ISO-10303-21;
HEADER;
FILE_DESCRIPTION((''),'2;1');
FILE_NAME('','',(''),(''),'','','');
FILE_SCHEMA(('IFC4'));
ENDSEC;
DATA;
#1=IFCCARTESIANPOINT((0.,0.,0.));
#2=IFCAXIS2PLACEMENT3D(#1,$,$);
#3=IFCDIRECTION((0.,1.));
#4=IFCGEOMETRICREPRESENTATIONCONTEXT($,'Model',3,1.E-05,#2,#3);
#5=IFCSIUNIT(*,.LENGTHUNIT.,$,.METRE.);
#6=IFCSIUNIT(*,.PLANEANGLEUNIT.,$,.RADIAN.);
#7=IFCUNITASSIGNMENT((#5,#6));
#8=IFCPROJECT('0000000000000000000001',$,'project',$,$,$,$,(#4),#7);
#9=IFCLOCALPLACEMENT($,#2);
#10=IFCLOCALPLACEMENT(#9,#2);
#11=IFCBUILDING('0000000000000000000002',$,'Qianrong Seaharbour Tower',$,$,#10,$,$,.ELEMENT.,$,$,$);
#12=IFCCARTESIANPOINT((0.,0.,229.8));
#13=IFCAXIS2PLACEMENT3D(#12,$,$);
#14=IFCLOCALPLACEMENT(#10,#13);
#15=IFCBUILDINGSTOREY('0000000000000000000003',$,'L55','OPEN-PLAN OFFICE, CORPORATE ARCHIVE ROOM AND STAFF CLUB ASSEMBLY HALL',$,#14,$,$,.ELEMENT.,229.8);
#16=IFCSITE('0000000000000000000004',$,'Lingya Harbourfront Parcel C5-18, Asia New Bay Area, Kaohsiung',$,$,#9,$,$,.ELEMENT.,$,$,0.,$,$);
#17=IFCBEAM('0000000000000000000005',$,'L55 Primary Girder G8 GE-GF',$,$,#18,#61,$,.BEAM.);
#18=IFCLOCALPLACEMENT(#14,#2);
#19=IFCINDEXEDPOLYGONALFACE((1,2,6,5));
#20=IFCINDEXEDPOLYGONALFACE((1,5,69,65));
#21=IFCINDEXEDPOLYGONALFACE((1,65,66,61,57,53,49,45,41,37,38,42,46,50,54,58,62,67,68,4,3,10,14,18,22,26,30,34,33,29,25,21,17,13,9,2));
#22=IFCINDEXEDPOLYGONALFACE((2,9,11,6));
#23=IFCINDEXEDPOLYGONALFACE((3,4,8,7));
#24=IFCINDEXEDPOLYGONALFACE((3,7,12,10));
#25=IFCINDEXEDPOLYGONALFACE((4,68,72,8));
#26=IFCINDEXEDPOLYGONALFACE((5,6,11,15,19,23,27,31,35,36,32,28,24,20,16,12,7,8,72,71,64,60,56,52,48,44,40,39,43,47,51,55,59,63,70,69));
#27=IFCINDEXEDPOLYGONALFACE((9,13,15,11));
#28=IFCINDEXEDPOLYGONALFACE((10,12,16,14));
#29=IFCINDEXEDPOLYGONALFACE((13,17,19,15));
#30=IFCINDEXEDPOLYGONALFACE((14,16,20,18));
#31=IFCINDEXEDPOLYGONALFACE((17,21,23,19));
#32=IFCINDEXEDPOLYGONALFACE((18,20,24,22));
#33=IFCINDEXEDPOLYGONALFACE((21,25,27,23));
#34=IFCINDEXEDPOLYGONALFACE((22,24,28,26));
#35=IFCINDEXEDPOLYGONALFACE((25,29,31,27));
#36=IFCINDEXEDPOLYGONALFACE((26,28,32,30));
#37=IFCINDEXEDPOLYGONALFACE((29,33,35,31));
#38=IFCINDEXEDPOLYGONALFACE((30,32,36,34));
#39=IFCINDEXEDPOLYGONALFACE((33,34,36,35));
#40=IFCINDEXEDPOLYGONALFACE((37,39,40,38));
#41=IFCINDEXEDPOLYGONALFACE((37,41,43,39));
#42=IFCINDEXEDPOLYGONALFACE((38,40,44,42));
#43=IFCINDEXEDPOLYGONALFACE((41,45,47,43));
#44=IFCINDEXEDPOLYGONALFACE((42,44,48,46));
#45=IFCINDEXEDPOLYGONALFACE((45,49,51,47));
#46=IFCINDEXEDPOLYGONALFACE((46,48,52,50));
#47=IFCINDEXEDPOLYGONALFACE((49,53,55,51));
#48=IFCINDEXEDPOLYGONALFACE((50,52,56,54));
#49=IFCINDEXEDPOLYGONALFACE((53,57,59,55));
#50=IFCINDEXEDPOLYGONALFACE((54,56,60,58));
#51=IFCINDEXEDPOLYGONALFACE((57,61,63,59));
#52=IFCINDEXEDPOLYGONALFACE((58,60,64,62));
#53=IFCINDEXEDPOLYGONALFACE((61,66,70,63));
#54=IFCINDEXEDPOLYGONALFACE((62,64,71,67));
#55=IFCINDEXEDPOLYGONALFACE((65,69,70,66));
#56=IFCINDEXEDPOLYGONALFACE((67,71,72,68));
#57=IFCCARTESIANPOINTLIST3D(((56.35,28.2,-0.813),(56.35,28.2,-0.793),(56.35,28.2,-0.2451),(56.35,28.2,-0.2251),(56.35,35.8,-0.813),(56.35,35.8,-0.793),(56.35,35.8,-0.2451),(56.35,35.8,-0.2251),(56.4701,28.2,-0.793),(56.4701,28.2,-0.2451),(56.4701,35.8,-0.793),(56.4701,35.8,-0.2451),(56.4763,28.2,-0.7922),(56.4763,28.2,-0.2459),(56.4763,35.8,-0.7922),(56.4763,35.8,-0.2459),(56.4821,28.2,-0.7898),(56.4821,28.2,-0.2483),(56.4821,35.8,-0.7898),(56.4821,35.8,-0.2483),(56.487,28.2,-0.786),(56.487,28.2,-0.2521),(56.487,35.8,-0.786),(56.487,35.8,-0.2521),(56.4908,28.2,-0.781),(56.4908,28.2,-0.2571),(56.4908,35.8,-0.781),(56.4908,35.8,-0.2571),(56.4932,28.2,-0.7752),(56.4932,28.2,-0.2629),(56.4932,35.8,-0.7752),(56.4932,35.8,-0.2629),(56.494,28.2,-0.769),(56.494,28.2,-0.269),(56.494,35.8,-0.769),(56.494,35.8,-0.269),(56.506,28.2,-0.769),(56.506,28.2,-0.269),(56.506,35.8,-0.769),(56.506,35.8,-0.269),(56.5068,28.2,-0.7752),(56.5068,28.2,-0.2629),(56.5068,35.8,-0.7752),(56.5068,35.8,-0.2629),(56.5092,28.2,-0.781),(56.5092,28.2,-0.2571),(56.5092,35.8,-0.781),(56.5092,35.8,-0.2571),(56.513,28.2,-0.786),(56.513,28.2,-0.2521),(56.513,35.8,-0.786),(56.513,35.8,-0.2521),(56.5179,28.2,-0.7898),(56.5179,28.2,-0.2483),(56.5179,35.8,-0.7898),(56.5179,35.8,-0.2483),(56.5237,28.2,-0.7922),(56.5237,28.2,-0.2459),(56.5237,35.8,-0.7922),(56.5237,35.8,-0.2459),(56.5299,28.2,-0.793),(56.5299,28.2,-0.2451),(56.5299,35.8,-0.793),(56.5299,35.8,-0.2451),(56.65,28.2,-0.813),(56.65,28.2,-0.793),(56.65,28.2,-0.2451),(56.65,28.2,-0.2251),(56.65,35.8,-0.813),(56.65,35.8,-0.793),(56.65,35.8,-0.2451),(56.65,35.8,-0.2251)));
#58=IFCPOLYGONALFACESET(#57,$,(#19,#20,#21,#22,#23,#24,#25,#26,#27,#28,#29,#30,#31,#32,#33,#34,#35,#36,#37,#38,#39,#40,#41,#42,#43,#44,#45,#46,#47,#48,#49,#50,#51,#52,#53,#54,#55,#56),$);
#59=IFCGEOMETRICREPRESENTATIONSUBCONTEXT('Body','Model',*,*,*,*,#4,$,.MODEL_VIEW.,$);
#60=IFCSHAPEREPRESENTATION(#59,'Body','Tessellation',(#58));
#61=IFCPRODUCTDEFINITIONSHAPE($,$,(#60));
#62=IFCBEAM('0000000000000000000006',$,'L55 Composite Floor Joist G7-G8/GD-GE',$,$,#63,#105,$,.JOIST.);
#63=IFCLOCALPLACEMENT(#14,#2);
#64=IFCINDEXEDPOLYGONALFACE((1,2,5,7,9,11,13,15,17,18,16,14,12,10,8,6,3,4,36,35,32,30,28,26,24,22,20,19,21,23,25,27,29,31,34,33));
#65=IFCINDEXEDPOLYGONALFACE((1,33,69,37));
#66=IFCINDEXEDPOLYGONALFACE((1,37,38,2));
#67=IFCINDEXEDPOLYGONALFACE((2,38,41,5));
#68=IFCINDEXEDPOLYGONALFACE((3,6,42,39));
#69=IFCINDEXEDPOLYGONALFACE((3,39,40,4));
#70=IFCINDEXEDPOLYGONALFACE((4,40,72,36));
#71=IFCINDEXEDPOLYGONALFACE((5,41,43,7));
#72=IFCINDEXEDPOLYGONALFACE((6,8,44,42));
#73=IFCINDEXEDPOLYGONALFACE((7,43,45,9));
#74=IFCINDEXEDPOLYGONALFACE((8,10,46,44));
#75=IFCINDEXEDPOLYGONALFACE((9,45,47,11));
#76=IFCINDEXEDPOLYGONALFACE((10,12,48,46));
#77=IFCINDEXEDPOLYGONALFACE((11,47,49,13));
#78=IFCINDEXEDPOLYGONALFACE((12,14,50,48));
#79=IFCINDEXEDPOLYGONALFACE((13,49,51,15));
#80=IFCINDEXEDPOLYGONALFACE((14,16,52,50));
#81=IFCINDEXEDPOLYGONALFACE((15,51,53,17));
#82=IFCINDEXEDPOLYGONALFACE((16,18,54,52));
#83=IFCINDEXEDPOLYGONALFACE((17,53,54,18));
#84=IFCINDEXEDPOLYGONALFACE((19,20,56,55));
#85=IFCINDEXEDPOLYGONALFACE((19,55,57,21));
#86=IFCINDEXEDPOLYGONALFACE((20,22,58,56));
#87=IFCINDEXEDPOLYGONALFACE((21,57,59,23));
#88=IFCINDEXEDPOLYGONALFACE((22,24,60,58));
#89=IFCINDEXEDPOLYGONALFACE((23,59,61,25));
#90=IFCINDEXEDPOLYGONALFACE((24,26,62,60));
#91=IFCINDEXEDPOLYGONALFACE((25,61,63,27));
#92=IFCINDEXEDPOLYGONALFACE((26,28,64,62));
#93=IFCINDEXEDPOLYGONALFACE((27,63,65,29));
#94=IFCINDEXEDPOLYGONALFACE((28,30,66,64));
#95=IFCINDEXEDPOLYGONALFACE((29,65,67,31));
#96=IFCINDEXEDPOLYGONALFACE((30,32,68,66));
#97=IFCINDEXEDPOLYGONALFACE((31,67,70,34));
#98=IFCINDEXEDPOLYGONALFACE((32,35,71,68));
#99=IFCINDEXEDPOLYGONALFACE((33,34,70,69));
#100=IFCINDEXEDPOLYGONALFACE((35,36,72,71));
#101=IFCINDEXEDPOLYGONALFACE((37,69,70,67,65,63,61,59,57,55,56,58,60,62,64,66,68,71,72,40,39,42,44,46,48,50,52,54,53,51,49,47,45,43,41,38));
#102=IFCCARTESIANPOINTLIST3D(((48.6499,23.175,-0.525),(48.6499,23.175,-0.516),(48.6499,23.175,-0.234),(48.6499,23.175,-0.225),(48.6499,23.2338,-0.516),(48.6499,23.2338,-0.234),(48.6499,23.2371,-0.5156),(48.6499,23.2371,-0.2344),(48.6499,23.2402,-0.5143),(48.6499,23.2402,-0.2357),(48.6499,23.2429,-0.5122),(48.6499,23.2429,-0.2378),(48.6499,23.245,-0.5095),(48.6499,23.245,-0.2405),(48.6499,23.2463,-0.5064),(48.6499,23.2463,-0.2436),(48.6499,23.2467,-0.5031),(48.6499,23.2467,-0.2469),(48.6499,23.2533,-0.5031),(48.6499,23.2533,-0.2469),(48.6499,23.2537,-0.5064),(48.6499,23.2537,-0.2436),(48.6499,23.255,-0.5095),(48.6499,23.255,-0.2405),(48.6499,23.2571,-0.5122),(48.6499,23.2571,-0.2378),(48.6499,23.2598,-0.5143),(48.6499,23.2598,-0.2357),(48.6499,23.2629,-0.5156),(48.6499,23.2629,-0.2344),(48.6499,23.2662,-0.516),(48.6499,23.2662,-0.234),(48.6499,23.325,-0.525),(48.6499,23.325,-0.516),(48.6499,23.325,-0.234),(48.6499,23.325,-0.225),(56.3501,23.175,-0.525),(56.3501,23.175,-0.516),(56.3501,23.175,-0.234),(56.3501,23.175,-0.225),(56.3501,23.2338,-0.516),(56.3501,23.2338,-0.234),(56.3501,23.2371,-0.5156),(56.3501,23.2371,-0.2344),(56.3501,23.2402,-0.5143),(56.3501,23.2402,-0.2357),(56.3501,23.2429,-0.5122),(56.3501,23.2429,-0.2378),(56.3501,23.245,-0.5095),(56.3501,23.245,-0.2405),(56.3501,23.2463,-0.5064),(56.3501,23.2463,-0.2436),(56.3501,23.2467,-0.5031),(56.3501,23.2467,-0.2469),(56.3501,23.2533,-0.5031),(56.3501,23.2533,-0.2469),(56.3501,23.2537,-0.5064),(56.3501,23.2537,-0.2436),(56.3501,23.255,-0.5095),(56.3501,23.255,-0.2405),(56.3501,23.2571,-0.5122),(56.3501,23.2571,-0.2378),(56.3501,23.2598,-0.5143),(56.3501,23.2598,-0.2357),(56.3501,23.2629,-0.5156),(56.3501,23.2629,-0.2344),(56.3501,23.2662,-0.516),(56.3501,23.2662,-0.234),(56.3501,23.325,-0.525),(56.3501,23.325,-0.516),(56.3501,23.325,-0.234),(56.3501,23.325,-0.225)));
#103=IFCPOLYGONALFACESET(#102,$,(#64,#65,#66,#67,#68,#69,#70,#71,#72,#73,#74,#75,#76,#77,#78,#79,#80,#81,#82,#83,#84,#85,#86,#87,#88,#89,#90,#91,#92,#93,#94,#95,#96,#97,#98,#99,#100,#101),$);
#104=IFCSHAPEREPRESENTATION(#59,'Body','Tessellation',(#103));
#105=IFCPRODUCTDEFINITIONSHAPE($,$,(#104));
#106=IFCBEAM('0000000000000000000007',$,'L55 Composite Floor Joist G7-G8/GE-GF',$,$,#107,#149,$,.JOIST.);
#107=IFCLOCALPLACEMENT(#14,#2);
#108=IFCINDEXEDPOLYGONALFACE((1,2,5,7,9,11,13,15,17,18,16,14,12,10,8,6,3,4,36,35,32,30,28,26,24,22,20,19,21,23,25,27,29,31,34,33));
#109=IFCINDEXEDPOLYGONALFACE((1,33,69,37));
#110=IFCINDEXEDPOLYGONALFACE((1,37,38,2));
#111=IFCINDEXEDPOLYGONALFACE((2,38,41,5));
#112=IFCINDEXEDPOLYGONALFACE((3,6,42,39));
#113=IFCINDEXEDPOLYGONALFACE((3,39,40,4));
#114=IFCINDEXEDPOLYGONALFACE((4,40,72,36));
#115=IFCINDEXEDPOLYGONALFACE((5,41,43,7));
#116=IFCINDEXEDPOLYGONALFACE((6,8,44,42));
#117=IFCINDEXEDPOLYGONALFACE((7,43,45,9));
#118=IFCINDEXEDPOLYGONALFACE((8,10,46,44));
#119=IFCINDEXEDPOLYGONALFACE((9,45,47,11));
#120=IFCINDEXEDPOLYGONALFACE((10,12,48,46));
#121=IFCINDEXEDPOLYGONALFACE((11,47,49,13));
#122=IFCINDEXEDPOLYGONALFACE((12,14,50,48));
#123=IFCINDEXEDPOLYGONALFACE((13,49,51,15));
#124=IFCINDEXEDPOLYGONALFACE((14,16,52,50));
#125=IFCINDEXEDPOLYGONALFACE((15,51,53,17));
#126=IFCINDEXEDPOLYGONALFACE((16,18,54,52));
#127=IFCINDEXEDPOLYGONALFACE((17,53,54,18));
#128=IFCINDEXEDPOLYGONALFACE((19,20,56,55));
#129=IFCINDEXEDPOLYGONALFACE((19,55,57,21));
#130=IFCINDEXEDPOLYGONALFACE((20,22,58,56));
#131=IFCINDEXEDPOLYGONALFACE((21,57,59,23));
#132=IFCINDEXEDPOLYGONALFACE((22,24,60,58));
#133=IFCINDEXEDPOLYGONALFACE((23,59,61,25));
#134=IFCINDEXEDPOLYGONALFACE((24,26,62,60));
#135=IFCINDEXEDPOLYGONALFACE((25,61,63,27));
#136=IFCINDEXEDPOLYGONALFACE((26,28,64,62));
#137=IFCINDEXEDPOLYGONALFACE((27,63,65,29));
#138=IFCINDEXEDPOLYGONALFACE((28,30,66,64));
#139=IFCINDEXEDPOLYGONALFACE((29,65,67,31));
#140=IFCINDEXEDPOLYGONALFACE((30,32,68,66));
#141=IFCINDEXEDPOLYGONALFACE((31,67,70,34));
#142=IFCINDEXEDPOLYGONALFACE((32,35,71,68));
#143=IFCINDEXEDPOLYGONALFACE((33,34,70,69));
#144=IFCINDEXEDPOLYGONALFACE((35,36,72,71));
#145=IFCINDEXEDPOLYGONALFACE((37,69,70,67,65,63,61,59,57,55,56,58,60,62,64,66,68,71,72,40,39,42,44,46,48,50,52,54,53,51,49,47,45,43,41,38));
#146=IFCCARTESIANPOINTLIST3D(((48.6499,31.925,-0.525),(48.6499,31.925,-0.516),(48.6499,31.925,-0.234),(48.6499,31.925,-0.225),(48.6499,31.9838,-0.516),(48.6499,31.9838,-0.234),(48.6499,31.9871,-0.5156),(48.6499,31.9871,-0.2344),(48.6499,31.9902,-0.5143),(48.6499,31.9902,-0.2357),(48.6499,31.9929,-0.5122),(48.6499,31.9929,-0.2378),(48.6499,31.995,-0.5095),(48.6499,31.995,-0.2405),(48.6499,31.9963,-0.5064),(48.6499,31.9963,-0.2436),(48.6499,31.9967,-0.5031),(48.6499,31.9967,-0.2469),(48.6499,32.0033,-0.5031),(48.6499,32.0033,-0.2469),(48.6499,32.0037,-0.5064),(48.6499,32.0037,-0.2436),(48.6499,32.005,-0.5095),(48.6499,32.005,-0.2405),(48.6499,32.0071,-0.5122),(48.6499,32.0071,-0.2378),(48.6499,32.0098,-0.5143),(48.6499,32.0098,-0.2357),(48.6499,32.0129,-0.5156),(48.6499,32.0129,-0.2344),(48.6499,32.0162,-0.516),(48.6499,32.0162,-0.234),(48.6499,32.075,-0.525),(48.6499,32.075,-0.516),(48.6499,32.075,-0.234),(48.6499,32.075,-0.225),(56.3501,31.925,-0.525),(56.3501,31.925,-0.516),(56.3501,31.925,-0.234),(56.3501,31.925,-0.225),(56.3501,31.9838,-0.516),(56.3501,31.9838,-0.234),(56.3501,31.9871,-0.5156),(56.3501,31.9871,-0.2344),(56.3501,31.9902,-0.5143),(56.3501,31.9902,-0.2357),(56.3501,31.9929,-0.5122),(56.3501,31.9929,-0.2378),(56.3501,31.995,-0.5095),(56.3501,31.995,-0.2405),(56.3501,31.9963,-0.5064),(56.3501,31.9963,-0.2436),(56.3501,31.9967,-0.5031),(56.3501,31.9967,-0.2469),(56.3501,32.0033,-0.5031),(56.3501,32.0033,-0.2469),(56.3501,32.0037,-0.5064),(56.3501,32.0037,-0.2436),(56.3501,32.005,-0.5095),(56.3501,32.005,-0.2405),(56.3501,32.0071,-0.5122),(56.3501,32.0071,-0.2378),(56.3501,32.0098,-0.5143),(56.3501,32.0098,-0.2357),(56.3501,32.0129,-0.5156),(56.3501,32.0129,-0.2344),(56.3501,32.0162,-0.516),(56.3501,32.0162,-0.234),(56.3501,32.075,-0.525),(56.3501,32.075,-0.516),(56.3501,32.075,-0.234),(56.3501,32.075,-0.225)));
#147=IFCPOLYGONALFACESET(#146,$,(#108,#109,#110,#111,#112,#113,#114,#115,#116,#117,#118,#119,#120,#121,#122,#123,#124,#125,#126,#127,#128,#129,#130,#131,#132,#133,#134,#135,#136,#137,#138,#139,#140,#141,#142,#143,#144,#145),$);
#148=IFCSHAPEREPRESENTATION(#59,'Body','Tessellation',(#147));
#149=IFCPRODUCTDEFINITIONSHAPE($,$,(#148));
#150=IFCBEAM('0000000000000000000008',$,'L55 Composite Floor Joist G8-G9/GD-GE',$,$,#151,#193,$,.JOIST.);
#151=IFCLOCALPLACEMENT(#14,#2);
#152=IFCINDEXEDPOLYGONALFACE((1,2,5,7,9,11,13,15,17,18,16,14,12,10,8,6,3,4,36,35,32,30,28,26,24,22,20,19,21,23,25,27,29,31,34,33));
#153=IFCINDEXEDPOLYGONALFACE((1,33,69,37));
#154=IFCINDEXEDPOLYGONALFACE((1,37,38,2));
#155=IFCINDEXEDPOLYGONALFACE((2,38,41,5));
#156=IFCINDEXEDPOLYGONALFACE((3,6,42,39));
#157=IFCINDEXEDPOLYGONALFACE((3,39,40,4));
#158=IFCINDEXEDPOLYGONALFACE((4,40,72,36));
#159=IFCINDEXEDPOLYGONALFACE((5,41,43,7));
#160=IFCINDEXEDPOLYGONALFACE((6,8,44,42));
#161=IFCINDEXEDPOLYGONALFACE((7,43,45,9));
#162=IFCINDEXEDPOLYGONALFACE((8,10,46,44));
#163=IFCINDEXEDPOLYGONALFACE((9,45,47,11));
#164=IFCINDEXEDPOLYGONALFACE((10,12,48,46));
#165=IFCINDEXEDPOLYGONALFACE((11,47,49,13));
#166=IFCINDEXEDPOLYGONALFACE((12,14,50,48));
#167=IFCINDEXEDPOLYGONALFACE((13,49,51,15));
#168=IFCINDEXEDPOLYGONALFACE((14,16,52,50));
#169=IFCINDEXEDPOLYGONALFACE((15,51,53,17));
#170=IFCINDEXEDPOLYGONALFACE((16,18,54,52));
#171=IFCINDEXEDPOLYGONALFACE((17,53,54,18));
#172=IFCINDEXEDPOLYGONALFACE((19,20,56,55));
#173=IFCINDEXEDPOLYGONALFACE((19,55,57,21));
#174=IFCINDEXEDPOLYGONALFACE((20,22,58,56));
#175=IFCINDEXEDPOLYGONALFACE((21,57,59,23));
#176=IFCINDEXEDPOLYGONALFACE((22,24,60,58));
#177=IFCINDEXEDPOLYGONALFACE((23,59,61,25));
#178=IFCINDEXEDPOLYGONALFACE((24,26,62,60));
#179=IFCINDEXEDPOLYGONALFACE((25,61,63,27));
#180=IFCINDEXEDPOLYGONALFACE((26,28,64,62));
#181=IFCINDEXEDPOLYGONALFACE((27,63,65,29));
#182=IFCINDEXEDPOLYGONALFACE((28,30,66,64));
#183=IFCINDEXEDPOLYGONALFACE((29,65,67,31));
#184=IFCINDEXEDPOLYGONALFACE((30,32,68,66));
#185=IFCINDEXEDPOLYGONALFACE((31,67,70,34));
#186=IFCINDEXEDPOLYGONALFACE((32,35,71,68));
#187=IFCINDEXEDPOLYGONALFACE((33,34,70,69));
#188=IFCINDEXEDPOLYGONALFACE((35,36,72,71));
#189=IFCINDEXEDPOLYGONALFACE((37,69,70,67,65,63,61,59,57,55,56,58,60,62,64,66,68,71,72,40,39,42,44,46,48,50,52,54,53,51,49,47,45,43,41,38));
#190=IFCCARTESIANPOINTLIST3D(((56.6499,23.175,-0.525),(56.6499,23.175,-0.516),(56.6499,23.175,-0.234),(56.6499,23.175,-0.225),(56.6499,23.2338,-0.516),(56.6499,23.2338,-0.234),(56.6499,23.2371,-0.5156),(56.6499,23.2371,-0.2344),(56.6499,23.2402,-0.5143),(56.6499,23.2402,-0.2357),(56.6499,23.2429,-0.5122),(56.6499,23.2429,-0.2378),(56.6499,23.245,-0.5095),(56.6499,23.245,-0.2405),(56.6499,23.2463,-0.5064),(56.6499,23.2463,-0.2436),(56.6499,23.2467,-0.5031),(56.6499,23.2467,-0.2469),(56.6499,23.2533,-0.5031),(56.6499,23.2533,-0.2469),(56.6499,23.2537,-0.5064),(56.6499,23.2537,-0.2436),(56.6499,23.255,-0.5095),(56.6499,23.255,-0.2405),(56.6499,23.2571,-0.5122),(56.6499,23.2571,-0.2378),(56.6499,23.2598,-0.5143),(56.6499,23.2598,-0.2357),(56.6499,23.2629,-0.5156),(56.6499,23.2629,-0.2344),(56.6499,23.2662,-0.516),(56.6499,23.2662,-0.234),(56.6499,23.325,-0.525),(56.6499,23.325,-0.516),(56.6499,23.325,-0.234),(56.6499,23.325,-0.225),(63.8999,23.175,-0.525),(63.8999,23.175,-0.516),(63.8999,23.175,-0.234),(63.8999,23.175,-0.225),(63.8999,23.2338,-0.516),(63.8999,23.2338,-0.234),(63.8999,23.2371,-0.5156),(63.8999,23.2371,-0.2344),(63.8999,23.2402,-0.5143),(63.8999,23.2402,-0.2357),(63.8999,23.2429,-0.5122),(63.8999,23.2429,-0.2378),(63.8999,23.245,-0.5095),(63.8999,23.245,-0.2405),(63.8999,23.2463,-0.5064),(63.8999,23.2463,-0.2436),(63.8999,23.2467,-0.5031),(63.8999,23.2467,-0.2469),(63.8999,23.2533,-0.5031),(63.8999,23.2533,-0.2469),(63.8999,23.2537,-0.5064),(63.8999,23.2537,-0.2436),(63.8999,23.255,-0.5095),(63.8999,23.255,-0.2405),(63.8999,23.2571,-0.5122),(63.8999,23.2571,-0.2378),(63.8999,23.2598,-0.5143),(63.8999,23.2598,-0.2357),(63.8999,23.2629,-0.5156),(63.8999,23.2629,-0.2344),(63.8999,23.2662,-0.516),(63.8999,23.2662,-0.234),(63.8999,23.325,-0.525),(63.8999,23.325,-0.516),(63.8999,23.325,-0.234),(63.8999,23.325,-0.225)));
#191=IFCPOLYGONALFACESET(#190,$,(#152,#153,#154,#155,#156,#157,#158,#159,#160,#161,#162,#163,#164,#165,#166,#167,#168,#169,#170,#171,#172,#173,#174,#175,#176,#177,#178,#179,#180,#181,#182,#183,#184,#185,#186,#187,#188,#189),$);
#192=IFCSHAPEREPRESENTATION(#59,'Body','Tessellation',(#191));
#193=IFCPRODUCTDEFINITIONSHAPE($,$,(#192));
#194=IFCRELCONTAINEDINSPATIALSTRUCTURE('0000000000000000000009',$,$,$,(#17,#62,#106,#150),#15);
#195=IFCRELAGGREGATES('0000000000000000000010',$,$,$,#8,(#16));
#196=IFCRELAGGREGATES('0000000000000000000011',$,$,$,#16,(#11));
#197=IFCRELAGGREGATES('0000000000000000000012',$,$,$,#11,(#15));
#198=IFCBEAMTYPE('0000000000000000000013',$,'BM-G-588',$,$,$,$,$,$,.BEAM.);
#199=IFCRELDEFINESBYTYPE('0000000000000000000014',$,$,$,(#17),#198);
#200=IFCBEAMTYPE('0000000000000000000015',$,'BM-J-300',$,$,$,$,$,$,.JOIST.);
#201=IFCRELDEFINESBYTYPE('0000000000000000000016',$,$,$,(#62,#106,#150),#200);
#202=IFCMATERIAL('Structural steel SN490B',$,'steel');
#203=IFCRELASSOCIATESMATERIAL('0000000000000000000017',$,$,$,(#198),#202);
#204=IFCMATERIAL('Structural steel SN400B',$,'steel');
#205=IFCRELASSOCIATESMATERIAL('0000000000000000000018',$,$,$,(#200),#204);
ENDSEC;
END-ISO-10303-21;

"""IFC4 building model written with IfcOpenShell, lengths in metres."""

from ifc_helpers import new_model, si_unit, direction, frame, origin, origin_2d, place, context, subcontext, project, spatial, i_section, extrude, material, material_profile, profile_set, type_object, element, save


model = new_model("IFC4")

# Units and contexts
model_context = context("Model", 3, precision=1e-05, world=origin(), true_north=direction((0.0, 1.0)))
body_context = subcontext(model_context, "Body", "Model", "MODEL_VIEW")
ifc_project = project(units=[si_unit("LENGTHUNIT", "METRE"), si_unit("PLANEANGLEUNIT", "RADIAN")], contexts=[model_context])

# Site, building, storey
site_placement = place(None, origin())
site = spatial("IfcSite", under=ifc_project, at=site_placement, Name="Lingya Harbourfront Parcel C5-18, Asia New Bay Area, Kaohsiung", CompositionType="ELEMENT", RefElevation=0.0)
building_placement = place(site_placement, origin())
building = spatial("IfcBuilding", under=site, at=building_placement, Name="Qianrong Seaharbour Tower", CompositionType="ELEMENT")
storey_placement = place(building_placement, frame((0.0, 0.0, 229.8)))
storey = spatial("IfcBuildingStorey", under=building, at=storey_placement, Name="L55", Description="OPEN-PLAN OFFICE, CORPORATE ARCHIVE ROOM AND STAFF CLUB ASSEMBLY HALL", CompositionType="ELEMENT", Elevation=229.8)

# Shared definitions
ifc_material_1 = material(Name="Structural steel SN490B", Category="steel")

# Beams
ifc_material_profile_1 = material_profile(ifc_material_1, i_section(OverallWidth=0.3, OverallDepth=0.5879, WebThickness=0.012, FlangeThickness=0.02, FilletRadius=0.0239, at=origin_2d()), Name="H588x300x12x20")
ifc_profile_set_1 = profile_set([ifc_material_profile_1], Name="Structural steel SN490B")
beam_type_1 = type_object("IfcBeamType", Name="BM-G-588", PredefinedType="BEAM", material=ifc_profile_set_1)
for number, where, z_axis, x_axis, name in (
    (1, (56.5, 28.2, -0.519), (0.0, 1.0, 0.0), (-1.0, 0.0, 0.0), "L55 Primary Girder G8 GE-GF"),
):
    element("IfcBeam", number, at=place(storey_placement, frame(where, z_axis=z_axis, x_axis=x_axis)), inside=storey, type_object=beam_type_1, Name=name, PredefinedType="BEAM", context=body_context, shape_type="SweptSolid", body=[
        extrude(i_section(OverallWidth=0.3, OverallDepth=0.5879, WebThickness=0.012, FlangeThickness=0.02, FilletRadius=0.0239, at=origin_2d()), origin(), (0.0, 0.0, 1.0), 7.6001),
    ])
ifc_material_2 = material(Name="Structural steel SN400B", Category="steel")
ifc_material_profile_2 = material_profile(ifc_material_2, i_section(OverallWidth=0.1499, OverallDepth=0.3, WebThickness=0.0066, FlangeThickness=0.009, FilletRadius=0.0129, at=origin_2d()), Name="H300x150x6.5x9")
ifc_profile_set_2 = profile_set([ifc_material_profile_2], Name="Structural steel SN400B")
beam_type_2 = type_object("IfcBeamType", Name="BM-J-300", PredefinedType="JOIST", material=ifc_profile_set_2)
for number, where, z_axis, x_axis, name in (
    (2, (48.6499, 23.25, -0.375), (1.0, 0.0, 0.0), (0.0, 1.0, 0.0), "L55 Composite Floor Joist G7-G8/GD-GE"),
    (3, (48.6499, 32.0, -0.375), (1.0, 0.0, 0.0), (0.0, 1.0, 0.0), "L55 Composite Floor Joist G7-G8/GE-GF"),
):
    element("IfcBeam", number, at=place(storey_placement, frame(where, z_axis=z_axis, x_axis=x_axis)), inside=storey, type_object=beam_type_2, Name=name, PredefinedType="JOIST", context=body_context, shape_type="SweptSolid", body=[
        extrude(i_section(OverallWidth=0.1499, OverallDepth=0.3, WebThickness=0.0066, FlangeThickness=0.009, FilletRadius=0.0129, at=origin_2d()), origin(), (0.0, 0.0, 1.0), 7.7002),
    ])
for number, where, z_axis, x_axis, name in (
    (4, (56.6499, 23.25, -0.375), (1.0, 0.0, 0.0), (0.0, 1.0, 0.0), "L55 Composite Floor Joist G8-G9/GD-GE"),
):
    element("IfcBeam", number, at=place(storey_placement, frame(where, z_axis=z_axis, x_axis=x_axis)), inside=storey, type_object=beam_type_2, Name=name, PredefinedType="JOIST", context=body_context, shape_type="SweptSolid", body=[
        extrude(i_section(OverallWidth=0.1499, OverallDepth=0.3, WebThickness=0.0066, FlangeThickness=0.009, FilletRadius=0.0129, at=origin_2d()), origin(), (0.0, 0.0, 1.0), 7.25),
    ])

save(model, "model.ifc")
